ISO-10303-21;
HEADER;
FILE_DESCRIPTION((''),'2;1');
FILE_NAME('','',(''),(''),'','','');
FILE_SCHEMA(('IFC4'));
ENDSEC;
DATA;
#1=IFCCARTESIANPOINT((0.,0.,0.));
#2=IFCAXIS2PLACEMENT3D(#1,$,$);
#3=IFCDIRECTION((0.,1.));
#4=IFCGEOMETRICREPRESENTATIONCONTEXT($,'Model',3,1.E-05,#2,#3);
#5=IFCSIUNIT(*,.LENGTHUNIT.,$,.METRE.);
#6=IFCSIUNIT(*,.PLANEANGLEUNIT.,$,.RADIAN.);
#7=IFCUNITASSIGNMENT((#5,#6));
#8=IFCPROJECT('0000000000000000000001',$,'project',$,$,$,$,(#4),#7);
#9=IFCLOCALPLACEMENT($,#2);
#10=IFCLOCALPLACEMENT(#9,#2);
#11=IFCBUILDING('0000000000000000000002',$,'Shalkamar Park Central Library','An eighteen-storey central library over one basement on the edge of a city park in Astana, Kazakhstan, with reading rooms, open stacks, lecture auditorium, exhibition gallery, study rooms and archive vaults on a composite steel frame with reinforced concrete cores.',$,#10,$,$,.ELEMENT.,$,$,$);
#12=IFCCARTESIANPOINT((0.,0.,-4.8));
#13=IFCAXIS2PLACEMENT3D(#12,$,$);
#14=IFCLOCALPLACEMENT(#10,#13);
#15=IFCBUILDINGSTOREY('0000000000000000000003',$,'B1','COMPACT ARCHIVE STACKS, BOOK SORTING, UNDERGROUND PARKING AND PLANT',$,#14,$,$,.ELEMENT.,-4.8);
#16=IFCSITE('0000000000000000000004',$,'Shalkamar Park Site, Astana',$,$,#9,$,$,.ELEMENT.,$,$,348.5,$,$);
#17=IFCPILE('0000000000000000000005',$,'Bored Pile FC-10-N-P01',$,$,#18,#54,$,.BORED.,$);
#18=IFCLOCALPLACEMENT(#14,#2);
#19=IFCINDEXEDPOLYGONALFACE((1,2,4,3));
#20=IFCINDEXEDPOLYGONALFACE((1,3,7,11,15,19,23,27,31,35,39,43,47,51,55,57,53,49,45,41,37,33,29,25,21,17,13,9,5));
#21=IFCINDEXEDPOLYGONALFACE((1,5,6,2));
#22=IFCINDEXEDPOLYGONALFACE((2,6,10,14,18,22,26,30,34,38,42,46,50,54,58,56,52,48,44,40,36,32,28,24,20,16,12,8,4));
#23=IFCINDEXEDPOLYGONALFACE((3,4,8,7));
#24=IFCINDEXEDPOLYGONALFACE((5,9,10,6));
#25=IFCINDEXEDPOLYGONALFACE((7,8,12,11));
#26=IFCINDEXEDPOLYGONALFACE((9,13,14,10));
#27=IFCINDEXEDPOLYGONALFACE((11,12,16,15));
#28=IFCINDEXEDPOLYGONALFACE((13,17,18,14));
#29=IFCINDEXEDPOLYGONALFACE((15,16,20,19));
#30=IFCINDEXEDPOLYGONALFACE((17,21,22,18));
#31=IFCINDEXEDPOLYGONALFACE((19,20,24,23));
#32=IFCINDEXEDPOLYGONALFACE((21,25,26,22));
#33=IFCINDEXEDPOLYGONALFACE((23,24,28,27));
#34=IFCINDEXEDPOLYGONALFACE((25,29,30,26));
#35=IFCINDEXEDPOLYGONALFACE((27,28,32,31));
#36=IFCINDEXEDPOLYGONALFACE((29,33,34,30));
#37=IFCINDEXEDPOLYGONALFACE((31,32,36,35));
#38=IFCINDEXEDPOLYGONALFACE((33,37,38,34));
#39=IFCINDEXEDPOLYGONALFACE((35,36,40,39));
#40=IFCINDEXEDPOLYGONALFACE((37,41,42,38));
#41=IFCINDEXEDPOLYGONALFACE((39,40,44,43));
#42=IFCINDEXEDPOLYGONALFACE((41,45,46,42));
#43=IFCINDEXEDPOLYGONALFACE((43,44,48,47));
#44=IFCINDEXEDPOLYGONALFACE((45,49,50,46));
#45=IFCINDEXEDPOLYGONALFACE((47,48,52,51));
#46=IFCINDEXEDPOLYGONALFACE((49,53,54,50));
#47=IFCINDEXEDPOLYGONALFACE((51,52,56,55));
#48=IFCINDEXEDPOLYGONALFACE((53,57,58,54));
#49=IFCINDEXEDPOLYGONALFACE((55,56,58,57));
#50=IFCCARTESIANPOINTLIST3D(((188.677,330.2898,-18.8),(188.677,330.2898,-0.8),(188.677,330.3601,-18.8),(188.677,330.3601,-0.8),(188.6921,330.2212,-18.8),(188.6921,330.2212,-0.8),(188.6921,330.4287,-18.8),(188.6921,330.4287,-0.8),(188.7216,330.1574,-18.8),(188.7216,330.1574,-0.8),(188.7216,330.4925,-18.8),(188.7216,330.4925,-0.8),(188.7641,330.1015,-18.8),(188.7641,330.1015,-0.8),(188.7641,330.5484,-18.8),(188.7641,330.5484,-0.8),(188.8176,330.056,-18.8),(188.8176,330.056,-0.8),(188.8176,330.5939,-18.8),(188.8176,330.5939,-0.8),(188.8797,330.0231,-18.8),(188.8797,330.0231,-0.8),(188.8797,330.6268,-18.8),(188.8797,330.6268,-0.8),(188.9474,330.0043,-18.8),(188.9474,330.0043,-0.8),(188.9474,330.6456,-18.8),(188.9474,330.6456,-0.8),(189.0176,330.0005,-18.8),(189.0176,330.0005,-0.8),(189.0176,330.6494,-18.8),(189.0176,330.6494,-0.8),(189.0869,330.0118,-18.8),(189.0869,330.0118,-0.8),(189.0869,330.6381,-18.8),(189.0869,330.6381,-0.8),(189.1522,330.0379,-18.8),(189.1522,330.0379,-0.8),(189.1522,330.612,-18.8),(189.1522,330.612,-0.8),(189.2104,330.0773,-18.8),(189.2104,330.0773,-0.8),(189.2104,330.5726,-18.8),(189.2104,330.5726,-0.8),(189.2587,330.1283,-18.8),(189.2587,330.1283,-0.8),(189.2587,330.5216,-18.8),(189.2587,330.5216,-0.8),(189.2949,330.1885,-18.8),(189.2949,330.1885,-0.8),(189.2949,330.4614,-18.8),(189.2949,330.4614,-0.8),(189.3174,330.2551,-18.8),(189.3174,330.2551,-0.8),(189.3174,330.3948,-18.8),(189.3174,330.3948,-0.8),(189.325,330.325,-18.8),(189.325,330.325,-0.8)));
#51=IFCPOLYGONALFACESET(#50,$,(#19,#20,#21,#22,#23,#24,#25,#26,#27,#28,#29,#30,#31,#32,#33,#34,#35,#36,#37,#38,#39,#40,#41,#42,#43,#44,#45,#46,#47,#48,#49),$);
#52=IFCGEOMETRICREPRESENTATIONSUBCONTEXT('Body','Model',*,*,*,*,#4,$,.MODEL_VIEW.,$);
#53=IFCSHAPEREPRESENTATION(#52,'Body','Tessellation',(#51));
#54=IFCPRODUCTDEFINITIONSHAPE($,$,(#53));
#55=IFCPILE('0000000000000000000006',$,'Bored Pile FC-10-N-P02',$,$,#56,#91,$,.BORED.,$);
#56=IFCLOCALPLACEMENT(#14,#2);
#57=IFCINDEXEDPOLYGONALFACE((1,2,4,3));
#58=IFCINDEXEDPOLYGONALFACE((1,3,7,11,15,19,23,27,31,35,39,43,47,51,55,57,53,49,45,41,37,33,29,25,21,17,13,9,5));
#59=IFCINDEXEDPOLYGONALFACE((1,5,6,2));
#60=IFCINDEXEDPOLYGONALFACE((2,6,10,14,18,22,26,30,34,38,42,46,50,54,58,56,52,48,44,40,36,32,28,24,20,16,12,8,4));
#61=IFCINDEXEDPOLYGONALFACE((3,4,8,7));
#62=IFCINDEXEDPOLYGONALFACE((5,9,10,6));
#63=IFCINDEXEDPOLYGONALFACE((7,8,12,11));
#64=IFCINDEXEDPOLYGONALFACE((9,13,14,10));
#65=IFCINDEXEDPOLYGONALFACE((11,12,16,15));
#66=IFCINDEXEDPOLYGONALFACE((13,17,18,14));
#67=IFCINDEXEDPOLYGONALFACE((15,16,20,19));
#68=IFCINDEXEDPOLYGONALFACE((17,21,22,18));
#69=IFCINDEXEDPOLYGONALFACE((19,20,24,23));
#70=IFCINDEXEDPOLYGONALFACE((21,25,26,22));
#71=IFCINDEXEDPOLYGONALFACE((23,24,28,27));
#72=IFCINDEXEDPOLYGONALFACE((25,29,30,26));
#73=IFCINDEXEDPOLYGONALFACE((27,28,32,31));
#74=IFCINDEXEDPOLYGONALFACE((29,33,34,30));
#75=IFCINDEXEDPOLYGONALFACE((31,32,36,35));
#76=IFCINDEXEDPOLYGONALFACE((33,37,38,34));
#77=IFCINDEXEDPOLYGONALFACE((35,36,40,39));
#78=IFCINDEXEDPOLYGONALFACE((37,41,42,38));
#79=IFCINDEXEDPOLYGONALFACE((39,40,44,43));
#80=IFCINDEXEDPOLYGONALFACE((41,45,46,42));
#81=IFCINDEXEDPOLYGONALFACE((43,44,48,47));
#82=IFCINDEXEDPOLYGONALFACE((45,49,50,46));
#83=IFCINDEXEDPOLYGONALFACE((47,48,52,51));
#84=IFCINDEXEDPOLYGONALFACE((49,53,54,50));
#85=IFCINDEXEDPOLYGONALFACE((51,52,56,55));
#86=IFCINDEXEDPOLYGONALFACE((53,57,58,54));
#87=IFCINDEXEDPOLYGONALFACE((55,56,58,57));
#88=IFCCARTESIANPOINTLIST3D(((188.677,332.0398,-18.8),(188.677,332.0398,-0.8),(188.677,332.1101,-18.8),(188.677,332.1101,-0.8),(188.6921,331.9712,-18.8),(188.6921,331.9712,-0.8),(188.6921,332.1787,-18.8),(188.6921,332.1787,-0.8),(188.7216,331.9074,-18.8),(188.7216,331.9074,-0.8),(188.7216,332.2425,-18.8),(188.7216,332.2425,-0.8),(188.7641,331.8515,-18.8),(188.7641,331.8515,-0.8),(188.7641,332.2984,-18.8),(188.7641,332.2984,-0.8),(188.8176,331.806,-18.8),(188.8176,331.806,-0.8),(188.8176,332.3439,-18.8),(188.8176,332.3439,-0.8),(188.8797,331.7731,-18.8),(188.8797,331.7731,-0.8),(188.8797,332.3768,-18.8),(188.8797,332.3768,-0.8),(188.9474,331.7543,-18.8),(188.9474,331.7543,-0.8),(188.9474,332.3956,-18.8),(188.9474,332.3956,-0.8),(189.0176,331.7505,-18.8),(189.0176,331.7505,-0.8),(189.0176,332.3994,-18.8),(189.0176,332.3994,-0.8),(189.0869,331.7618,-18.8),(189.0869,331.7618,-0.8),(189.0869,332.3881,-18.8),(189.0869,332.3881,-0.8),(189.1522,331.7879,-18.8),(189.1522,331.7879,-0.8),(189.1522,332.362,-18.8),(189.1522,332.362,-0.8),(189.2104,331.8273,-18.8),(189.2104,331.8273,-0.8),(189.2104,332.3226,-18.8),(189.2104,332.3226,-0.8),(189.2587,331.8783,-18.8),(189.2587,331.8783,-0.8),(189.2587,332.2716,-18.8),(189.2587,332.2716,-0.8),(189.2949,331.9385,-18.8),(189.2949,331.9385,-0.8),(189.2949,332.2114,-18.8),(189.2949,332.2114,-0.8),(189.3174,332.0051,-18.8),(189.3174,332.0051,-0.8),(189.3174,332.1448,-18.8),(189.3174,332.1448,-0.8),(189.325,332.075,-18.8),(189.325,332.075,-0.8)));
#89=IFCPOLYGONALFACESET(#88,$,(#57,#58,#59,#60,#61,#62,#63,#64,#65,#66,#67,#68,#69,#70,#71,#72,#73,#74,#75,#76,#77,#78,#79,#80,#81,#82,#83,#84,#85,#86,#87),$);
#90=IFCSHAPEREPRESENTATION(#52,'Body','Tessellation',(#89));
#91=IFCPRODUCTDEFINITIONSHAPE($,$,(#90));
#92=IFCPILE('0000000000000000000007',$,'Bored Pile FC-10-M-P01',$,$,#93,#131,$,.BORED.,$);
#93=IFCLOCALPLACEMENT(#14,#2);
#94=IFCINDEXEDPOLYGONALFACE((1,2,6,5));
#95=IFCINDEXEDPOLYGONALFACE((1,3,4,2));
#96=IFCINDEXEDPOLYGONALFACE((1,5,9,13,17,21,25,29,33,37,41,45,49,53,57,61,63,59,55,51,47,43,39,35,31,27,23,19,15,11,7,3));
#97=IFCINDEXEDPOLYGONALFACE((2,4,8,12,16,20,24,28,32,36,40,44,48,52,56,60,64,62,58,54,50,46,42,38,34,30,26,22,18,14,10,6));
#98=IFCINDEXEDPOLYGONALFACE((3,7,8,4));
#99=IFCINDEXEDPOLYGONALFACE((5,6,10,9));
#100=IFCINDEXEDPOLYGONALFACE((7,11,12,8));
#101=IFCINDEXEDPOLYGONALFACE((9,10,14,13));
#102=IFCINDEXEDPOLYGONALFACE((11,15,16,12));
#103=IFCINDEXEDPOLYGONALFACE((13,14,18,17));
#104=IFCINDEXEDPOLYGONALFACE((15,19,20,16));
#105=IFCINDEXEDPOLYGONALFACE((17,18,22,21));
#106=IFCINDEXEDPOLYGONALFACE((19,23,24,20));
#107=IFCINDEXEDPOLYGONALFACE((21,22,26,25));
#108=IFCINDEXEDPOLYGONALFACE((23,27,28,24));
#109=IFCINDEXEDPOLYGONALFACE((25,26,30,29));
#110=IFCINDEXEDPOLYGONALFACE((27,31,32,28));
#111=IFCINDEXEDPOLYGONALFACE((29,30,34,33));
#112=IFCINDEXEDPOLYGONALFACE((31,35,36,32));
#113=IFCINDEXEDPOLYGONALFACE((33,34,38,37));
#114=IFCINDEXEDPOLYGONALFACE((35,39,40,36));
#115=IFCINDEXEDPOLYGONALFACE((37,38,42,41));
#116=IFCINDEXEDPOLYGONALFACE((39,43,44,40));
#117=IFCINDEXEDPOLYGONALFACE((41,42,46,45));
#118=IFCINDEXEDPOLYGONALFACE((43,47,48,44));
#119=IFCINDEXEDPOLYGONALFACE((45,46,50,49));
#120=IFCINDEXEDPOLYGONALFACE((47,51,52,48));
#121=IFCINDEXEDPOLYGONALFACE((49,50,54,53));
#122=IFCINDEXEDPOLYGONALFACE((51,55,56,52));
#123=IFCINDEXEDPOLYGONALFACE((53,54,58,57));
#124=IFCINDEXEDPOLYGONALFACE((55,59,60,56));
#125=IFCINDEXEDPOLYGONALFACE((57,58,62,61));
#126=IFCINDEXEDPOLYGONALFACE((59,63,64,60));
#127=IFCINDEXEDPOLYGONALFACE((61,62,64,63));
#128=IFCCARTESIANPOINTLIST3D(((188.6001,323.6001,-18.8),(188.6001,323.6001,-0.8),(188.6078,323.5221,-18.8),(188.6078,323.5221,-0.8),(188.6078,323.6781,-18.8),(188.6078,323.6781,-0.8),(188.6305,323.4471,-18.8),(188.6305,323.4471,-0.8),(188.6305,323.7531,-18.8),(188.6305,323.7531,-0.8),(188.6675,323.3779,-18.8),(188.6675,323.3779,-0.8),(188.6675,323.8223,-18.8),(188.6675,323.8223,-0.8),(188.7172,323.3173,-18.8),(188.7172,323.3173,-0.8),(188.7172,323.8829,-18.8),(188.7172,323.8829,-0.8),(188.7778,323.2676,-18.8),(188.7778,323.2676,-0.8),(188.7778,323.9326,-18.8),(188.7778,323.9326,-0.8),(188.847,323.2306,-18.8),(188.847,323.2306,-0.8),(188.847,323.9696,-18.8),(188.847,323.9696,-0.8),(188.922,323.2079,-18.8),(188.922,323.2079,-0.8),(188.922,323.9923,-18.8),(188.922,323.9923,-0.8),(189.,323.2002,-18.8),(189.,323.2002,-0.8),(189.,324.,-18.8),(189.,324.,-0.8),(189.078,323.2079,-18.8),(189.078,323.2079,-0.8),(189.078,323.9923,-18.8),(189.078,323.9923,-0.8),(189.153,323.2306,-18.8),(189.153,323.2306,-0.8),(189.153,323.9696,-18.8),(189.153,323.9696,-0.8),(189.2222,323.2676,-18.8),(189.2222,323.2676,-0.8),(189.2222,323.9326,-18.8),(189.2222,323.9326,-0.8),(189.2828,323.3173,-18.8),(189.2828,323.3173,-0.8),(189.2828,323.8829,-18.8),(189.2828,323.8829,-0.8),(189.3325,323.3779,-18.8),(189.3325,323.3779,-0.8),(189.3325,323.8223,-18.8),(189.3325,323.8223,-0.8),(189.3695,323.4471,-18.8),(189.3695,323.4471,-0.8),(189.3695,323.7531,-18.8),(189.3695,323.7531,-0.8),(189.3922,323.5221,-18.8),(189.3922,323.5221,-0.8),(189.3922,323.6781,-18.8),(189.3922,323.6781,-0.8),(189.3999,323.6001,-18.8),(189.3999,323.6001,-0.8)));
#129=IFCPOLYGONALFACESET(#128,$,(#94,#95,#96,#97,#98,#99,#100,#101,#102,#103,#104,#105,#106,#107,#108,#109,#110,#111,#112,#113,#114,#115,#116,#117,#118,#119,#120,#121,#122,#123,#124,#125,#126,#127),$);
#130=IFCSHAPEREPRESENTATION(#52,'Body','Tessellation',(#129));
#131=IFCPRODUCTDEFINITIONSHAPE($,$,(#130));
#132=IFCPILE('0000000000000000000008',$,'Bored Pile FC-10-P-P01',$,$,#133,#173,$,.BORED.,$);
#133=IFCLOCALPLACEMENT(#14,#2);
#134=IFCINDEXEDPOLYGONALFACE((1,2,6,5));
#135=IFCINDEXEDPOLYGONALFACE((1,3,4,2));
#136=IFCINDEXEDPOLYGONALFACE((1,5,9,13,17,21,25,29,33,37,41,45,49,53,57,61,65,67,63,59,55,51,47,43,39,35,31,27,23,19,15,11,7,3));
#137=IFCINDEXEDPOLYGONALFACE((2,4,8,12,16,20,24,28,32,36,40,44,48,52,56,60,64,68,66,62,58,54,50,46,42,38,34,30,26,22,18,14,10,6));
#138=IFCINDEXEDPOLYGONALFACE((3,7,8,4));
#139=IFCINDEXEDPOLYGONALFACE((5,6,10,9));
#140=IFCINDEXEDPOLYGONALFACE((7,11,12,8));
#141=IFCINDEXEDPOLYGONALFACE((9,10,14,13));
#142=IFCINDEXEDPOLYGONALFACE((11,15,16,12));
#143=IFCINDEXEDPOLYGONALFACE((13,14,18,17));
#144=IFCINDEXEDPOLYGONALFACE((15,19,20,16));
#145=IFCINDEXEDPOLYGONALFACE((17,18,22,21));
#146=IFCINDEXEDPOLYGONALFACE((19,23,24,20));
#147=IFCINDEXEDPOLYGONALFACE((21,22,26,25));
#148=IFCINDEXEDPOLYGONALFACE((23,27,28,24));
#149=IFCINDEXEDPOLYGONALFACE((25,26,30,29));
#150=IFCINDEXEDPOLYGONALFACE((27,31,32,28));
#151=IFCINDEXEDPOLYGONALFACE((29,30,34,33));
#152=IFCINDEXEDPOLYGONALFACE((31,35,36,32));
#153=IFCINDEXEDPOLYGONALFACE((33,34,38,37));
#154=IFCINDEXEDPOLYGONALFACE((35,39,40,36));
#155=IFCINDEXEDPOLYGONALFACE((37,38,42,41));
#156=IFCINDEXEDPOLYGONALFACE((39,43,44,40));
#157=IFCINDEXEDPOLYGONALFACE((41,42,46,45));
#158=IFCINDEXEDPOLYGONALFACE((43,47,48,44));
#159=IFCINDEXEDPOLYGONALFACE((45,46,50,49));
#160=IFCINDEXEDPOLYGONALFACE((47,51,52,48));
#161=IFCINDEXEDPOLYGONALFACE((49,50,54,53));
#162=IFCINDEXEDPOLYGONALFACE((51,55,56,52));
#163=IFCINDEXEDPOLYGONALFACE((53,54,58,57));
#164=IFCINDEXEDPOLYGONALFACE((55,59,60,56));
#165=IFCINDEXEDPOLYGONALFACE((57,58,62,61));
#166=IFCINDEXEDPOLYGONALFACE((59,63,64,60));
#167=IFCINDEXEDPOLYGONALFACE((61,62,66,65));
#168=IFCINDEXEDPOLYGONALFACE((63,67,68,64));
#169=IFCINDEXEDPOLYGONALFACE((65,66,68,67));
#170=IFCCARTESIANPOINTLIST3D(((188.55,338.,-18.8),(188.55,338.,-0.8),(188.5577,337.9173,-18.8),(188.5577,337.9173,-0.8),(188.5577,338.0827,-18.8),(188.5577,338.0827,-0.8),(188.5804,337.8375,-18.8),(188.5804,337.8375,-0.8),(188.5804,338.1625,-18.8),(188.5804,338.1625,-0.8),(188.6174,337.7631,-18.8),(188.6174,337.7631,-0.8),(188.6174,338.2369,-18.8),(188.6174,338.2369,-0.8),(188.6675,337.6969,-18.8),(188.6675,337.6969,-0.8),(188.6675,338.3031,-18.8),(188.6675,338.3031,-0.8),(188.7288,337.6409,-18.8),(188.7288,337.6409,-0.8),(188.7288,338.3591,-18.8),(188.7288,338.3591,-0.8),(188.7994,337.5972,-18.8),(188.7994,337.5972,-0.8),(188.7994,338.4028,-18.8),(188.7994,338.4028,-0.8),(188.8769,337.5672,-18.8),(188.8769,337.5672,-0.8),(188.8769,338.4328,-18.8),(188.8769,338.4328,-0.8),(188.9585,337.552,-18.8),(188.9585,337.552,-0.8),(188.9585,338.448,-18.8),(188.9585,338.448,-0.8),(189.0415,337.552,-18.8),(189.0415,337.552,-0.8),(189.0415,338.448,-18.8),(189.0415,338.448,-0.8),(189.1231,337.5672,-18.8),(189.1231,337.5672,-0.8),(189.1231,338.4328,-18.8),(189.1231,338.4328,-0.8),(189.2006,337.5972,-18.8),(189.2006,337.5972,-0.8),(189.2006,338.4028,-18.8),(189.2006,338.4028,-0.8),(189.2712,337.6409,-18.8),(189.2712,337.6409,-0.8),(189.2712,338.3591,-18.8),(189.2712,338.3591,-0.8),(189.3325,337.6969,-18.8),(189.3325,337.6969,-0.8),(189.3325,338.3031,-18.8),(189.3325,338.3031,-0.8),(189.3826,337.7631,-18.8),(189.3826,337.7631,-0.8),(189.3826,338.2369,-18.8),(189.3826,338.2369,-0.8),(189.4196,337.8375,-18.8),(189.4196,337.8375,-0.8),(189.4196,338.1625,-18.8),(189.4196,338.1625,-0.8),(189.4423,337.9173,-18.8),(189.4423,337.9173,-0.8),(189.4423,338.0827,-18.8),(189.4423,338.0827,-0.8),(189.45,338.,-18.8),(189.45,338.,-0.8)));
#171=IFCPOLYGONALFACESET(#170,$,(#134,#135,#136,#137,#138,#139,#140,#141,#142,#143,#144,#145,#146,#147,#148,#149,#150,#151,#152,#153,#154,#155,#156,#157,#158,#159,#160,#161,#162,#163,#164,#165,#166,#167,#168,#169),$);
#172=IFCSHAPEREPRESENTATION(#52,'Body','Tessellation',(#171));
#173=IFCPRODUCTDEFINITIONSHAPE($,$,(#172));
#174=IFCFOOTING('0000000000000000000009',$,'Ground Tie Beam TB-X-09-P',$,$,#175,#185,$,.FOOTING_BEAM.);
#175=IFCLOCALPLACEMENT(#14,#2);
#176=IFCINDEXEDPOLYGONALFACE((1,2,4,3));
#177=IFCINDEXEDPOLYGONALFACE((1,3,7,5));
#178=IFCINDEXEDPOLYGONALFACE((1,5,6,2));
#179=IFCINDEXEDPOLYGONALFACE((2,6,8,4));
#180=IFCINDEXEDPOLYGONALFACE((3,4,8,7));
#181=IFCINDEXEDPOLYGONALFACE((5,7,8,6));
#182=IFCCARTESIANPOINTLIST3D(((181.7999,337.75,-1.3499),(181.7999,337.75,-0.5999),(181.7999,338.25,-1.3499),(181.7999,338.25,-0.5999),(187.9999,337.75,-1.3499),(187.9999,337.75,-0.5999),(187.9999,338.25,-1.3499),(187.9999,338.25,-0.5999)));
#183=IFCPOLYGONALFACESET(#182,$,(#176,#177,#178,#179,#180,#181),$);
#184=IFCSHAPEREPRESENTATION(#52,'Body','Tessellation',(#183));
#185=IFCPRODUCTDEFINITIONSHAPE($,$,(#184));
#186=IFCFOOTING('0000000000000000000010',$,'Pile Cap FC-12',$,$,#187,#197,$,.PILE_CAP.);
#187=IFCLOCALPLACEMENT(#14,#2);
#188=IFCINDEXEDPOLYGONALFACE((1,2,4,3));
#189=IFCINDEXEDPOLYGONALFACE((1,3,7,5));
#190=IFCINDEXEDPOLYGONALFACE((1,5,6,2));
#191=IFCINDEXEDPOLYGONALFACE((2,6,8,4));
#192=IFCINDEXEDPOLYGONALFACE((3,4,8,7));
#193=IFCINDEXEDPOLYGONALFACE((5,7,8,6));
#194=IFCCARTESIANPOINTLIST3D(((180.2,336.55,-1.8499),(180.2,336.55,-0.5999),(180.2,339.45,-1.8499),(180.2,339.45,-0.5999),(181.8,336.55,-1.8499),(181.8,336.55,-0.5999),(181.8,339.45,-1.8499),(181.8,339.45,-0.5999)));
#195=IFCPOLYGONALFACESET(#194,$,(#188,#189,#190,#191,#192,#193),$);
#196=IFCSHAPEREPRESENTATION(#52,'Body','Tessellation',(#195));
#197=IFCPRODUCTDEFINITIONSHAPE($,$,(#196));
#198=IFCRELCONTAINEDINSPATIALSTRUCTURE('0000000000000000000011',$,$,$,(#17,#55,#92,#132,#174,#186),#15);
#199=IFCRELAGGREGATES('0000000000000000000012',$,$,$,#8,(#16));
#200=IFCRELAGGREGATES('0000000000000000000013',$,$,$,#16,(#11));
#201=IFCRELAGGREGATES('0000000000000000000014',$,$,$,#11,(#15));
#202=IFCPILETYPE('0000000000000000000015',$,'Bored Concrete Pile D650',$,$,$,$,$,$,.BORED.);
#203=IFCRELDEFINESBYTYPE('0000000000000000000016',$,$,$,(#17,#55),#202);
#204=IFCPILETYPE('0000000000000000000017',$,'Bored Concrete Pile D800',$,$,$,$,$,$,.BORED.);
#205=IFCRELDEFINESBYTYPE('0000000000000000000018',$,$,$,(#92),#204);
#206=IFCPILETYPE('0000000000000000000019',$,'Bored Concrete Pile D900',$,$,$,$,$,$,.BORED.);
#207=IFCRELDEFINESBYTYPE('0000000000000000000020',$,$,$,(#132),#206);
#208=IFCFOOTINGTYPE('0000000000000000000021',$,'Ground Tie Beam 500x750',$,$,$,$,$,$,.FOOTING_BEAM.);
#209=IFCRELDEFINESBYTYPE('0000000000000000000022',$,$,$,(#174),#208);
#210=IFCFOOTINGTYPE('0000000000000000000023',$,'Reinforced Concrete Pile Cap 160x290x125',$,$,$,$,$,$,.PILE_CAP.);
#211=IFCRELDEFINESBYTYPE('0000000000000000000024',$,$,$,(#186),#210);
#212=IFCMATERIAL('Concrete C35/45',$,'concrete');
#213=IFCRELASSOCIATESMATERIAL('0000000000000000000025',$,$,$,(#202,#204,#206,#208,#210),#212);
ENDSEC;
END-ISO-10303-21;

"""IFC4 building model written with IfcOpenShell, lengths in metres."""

from ifc_helpers import new_model, si_unit, direction, frame, origin, origin_2d, place, context, subcontext, project, spatial, rectangle, circle, extrude, material, material_profile, profile_set, type_object, element, save


model = new_model("IFC4")

# Units and contexts
model_context = context("Model", 3, precision=1e-05, world=origin(), true_north=direction((0.0, 1.0)))
body_context = subcontext(model_context, "Body", "Model", "MODEL_VIEW")
ifc_project = project(units=[si_unit("LENGTHUNIT", "METRE"), si_unit("PLANEANGLEUNIT", "RADIAN")], contexts=[model_context])

# Site, building, storey
site_placement = place(None, origin())
site = spatial("IfcSite", under=ifc_project, at=site_placement, Name="Shalkamar Park Site, Astana", CompositionType="ELEMENT", RefElevation=348.5)
building_placement = place(site_placement, origin())
building = spatial("IfcBuilding", under=site, at=building_placement, Name="Shalkamar Park Central Library", Description="An eighteen-storey central library over one basement on the edge of a city park in Astana, Kazakhstan, with reading rooms, open stacks, lecture auditorium, exhibition gallery, study rooms and archive vaults on a composite steel frame with reinforced concrete cores.", CompositionType="ELEMENT")
storey_placement = place(building_placement, frame((0.0, 0.0, -4.8)))
storey = spatial("IfcBuildingStorey", under=building, at=storey_placement, Name="B1", Description="COMPACT ARCHIVE STACKS, BOOK SORTING, UNDERGROUND PARKING AND PLANT", CompositionType="ELEMENT", Elevation=-4.8)

# Piles
ifc_material_1 = material(Name="Concrete C35/45", Category="concrete")
ifc_material_profile_1 = material_profile(ifc_material_1, circle(Radius=0.325, at=origin_2d()), Name="PILE D650")
ifc_profile_set_1 = profile_set([ifc_material_profile_1], Name="Concrete C35/45")
pile_type_1 = type_object("IfcPileType", Name="Bored Concrete Pile D650", PredefinedType="BORED", material=ifc_profile_set_1)
for number, where, z_axis, x_axis, name in (
    (1, (189.0, 330.325, -0.8), (0.0, 0.0, -1.0), (1.0, 0.0, 0.0), "Bored Pile FC-10-N-P01"),
    (2, (189.0, 332.075, -0.8), (0.0, 0.0, -1.0), (1.0, 0.0, 0.0), "Bored Pile FC-10-N-P02"),
):
    element("IfcPile", number, at=place(storey_placement, frame(where, z_axis=z_axis, x_axis=x_axis)), inside=storey, type_object=pile_type_1, Name=name, PredefinedType="BORED", context=body_context, shape_type="SweptSolid", body=[
        extrude(circle(Radius=0.325, at=origin_2d()), origin(), (0.0, 0.0, 1.0), 18.0),
    ])
ifc_material_profile_2 = material_profile(ifc_material_1, circle(Radius=0.3999, at=origin_2d()), Name="PILE D800")
ifc_profile_set_2 = profile_set([ifc_material_profile_2], Name="Concrete C35/45")
pile_type_2 = type_object("IfcPileType", Name="Bored Concrete Pile D800", PredefinedType="BORED", material=ifc_profile_set_2)
pile_1_placement = place(storey_placement, frame((189.0, 323.6001, -0.8), z_axis=(0.0, 0.0, -1.0), x_axis=(1.0, 0.0, 0.0)))
element("IfcPile", 3, at=pile_1_placement, inside=storey, type_object=pile_type_2, Name="Bored Pile FC-10-M-P01", PredefinedType="BORED", context=body_context, shape_type="SweptSolid", body=[
    extrude(circle(Radius=0.3999, at=origin_2d()), origin(), (0.0, 0.0, 1.0), 18.0),
])
ifc_material_profile_3 = material_profile(ifc_material_1, circle(Radius=0.45, at=origin_2d()), Name="PILE D900")
ifc_profile_set_3 = profile_set([ifc_material_profile_3], Name="Concrete C35/45")
pile_type_3 = type_object("IfcPileType", Name="Bored Concrete Pile D900", PredefinedType="BORED", material=ifc_profile_set_3)
pile_2_placement = place(storey_placement, frame((189.0, 338.0, -0.8), z_axis=(0.0, 0.0, -1.0), x_axis=(1.0, 0.0, 0.0)))
element("IfcPile", 4, at=pile_2_placement, inside=storey, type_object=pile_type_3, Name="Bored Pile FC-10-P-P01", PredefinedType="BORED", context=body_context, shape_type="SweptSolid", body=[
    extrude(circle(Radius=0.45, at=origin_2d()), origin(), (0.0, 0.0, 1.0), 18.0),
])

# Footings
footing_type_1 = type_object("IfcFootingType", Name="Ground Tie Beam 500x750", PredefinedType="FOOTING_BEAM", material=ifc_material_1)
footing_1_placement = place(storey_placement, frame((184.8999, 338.0, -1.3499), z_axis=(0.0, 0.0, 1.0), x_axis=(1.0, 0.0, 0.0)))
element("IfcFooting", 5, at=footing_1_placement, inside=storey, type_object=footing_type_1, Name="Ground Tie Beam TB-X-09-P", PredefinedType="FOOTING_BEAM", context=body_context, shape_type="SweptSolid", body=[
    extrude(rectangle(XDim=6.2, YDim=0.5, at=origin_2d()), origin(), (0.0, 0.0, 1.0), 0.75),
])
footing_type_2 = type_object("IfcFootingType", Name="Reinforced Concrete Pile Cap 160x290x125", PredefinedType="PILE_CAP", material=ifc_material_1)
for number, where, z_axis, x_axis, name in (
    (6, (181.0, 338.0, -1.8499), (0.0, 0.0, 1.0), (1.0, 0.0, 0.0), "Pile Cap FC-12"),
):
    element("IfcFooting", number, at=place(storey_placement, frame(where, z_axis=z_axis, x_axis=x_axis)), inside=storey, type_object=footing_type_2, Name=name, PredefinedType="PILE_CAP", context=body_context, shape_type="SweptSolid", body=[
        extrude(rectangle(XDim=1.6001, YDim=2.8999, at=origin_2d()), origin(), (0.0, 0.0, 1.0), 1.25),
    ])

save(model, "model.ifc")
